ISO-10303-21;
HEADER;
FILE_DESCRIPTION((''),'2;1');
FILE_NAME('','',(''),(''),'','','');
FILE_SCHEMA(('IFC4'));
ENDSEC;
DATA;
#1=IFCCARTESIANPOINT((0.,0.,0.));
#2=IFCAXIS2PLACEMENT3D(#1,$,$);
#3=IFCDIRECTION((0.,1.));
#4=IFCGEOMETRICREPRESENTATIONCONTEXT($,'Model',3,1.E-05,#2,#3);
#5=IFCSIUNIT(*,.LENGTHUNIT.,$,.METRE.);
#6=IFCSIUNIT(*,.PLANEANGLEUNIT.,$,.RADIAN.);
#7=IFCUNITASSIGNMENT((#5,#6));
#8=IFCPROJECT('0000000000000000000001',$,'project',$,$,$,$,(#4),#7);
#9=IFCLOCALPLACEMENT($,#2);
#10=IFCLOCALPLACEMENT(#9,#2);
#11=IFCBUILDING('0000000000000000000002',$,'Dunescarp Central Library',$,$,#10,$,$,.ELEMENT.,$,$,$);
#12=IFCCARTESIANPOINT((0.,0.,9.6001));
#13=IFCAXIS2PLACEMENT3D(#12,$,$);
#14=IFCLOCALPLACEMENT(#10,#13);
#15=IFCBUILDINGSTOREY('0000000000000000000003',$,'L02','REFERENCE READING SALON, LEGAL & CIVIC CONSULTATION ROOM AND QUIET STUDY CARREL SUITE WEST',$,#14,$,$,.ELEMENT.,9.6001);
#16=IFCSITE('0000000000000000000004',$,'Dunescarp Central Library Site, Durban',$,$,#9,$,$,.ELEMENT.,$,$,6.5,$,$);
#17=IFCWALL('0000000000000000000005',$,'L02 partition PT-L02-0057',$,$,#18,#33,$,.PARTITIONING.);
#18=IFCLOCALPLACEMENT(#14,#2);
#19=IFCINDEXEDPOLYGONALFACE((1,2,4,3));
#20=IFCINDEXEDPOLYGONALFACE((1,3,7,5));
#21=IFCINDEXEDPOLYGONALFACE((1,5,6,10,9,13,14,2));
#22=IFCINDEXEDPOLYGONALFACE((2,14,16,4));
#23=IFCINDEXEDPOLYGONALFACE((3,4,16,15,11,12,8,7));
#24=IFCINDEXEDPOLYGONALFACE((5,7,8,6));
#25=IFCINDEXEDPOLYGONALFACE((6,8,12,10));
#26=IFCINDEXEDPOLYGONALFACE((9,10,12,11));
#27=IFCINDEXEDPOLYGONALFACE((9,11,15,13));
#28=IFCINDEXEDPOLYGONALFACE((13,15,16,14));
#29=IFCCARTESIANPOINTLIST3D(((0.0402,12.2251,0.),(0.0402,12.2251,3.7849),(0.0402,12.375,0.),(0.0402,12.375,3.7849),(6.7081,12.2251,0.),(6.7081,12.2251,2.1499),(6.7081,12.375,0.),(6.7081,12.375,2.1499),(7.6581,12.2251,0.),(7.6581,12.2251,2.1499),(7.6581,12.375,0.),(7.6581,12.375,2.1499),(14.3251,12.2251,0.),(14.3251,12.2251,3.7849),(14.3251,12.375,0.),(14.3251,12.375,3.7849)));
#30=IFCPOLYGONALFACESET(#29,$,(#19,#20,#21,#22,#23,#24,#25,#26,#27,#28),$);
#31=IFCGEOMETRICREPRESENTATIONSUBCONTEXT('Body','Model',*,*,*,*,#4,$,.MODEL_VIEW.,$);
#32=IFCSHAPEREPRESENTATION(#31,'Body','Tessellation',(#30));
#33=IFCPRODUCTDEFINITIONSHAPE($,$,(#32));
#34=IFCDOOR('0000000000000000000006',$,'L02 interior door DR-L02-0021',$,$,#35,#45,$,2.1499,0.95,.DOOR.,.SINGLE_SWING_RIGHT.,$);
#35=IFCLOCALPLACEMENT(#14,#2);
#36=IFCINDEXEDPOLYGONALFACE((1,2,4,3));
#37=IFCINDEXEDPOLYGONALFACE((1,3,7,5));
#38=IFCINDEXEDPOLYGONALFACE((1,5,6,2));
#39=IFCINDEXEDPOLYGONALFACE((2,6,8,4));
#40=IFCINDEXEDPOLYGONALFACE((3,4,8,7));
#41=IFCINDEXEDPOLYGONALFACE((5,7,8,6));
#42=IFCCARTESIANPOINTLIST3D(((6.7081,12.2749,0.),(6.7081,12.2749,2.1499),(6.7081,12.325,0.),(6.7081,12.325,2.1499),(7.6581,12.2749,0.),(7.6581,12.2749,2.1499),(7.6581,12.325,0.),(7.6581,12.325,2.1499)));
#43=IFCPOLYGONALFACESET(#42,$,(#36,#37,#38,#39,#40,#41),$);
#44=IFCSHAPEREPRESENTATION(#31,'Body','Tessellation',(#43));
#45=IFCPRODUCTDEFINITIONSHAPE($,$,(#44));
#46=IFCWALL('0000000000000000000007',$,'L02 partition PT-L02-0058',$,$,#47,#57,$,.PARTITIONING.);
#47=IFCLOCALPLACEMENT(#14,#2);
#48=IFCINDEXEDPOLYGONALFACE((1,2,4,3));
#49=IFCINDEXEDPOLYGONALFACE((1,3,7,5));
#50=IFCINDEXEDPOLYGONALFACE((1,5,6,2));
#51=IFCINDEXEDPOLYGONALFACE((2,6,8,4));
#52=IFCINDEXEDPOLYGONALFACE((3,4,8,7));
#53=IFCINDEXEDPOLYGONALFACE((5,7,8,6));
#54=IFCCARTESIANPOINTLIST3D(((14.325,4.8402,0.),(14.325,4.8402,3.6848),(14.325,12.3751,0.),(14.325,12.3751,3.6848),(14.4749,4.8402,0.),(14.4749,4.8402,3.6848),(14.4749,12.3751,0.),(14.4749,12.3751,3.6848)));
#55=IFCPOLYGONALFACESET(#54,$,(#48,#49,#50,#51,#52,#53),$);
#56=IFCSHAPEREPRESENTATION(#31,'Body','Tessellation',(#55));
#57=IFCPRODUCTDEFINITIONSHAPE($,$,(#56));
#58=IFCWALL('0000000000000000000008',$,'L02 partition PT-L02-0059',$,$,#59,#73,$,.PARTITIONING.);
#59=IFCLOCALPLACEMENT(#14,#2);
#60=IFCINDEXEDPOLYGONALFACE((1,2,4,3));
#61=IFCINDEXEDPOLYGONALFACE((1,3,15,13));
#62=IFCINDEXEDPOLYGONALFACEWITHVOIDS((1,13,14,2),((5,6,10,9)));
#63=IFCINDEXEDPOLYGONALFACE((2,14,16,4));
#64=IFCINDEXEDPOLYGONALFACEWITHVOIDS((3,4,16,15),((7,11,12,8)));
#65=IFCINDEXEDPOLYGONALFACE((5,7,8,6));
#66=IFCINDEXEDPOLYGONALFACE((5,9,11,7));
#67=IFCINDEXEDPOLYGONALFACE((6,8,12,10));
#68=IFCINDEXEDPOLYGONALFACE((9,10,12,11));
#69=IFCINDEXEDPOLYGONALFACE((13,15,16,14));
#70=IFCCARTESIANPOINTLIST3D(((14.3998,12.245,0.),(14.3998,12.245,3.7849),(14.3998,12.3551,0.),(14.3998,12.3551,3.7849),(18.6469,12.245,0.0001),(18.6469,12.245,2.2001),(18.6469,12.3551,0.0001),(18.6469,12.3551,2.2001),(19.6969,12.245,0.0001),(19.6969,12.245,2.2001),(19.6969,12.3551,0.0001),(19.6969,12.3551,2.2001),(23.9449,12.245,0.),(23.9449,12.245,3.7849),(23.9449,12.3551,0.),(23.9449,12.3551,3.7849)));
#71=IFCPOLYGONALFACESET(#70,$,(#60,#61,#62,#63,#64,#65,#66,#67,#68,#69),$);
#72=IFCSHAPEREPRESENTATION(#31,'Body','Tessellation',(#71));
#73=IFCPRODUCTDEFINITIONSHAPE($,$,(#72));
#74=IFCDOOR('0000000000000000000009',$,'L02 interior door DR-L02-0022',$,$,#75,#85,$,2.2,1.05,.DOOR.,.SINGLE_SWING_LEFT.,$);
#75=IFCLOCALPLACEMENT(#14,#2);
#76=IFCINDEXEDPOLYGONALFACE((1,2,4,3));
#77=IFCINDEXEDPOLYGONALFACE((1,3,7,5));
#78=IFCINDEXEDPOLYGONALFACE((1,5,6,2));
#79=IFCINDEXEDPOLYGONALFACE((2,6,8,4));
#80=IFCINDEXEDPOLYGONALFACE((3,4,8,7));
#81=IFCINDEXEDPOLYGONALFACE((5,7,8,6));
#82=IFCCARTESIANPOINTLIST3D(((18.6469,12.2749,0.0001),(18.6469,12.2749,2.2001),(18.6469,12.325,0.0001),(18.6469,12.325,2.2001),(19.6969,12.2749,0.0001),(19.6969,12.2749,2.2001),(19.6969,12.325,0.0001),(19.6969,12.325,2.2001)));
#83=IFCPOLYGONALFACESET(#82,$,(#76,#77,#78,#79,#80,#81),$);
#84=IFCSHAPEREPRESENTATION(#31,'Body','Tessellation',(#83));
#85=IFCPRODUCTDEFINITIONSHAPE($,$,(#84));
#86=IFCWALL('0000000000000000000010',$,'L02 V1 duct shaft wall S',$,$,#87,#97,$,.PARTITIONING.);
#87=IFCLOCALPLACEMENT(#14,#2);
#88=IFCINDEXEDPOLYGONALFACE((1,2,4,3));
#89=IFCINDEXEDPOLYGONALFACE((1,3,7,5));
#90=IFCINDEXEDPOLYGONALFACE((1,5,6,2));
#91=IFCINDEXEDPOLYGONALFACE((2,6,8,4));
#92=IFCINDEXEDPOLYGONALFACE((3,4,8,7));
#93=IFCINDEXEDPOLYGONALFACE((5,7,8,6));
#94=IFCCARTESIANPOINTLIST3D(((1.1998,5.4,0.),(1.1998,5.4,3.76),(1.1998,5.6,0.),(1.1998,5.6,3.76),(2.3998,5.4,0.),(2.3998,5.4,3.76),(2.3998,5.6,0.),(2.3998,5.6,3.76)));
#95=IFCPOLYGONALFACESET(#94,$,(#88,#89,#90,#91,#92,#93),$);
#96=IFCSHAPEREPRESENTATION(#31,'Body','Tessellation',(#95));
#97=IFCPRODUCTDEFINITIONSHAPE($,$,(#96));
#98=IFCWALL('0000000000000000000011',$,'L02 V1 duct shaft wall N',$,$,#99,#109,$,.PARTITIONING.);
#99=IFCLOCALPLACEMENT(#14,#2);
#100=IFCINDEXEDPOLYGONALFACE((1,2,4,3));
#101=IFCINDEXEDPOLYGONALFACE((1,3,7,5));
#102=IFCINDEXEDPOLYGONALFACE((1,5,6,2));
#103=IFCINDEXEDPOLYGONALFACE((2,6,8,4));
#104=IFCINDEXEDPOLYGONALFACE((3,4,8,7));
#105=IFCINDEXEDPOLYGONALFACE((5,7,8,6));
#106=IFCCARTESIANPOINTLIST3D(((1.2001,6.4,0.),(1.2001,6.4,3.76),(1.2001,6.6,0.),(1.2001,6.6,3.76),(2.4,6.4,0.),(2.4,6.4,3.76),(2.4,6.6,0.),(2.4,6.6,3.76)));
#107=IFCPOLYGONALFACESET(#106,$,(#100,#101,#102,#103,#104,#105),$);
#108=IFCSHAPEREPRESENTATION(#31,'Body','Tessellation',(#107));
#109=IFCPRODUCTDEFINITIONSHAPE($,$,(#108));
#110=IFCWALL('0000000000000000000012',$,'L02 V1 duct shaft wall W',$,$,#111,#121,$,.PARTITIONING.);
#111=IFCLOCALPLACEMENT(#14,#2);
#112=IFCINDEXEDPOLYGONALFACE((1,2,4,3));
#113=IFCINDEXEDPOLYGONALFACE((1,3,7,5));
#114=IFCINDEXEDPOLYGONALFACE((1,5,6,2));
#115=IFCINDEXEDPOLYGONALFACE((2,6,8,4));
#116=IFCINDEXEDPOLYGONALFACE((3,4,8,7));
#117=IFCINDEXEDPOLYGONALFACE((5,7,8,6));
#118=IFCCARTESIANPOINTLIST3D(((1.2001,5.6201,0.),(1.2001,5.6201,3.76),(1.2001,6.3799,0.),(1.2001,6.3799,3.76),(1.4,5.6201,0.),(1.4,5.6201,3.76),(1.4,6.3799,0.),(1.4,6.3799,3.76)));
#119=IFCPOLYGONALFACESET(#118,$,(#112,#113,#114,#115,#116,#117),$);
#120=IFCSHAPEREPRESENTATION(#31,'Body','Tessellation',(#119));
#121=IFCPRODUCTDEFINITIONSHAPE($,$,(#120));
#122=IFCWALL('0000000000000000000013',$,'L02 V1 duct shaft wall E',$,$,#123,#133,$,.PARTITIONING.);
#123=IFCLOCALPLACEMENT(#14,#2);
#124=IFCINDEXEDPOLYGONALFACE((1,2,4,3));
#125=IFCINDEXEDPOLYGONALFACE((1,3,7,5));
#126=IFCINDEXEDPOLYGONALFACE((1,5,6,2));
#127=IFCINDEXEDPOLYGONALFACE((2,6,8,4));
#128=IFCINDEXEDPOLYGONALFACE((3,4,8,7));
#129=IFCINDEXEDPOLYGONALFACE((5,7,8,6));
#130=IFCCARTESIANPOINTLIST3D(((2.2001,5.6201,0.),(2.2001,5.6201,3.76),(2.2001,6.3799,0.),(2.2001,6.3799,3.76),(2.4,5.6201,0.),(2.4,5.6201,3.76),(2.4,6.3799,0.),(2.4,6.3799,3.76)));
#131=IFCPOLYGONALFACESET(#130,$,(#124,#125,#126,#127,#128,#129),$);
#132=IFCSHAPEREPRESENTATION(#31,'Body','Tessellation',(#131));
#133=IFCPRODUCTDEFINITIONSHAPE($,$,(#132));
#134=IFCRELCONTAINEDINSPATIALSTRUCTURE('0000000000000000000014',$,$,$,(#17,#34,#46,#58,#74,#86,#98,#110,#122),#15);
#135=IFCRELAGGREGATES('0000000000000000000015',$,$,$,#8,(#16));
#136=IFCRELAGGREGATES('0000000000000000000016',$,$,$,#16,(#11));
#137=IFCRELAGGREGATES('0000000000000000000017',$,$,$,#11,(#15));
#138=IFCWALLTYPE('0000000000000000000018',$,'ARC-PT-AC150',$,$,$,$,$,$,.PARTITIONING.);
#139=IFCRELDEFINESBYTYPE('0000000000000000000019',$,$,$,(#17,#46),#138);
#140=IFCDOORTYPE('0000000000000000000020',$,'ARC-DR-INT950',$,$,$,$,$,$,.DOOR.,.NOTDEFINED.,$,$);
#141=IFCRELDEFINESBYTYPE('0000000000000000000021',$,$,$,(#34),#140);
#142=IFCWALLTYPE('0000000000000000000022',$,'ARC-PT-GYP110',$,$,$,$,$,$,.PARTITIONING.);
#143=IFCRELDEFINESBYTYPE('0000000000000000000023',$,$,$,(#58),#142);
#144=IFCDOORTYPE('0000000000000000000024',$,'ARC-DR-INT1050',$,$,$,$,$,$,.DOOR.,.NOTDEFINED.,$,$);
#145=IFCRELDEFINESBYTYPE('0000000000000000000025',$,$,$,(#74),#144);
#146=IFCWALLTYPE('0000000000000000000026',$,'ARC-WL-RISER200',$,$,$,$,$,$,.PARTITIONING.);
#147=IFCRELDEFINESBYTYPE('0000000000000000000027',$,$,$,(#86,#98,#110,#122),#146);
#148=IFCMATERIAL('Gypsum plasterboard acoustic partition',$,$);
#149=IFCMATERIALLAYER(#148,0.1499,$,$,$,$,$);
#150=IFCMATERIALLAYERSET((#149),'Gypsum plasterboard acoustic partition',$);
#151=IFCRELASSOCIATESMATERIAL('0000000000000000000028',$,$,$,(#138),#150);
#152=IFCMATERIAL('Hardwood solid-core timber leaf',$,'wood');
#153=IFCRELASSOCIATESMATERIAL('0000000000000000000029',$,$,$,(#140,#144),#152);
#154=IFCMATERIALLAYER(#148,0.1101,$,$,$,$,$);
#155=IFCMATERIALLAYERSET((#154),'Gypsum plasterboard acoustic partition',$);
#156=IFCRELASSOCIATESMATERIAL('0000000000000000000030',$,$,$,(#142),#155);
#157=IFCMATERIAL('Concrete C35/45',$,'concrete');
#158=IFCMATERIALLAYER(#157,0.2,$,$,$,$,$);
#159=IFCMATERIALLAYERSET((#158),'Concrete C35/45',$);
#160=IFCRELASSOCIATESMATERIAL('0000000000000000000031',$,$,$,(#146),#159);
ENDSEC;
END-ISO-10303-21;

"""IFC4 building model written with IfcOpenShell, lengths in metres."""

from ifc_helpers import new_model, si_unit, direction, frame, frame_2d, origin, place, context, subcontext, project, spatial, rectangle, extrude, material, layer, layer_set, type_object, element, fill, save


model = new_model("IFC4")

# Units and contexts
model_context = context("Model", 3, precision=1e-05, world=origin(), true_north=direction((0.0, 1.0)))
body_context = subcontext(model_context, "Body", "Model", "MODEL_VIEW")
ifc_project = project(units=[si_unit("LENGTHUNIT", "METRE"), si_unit("PLANEANGLEUNIT", "RADIAN")], contexts=[model_context])

# Site, building, storey
site_placement = place(None, origin())
site = spatial("IfcSite", under=ifc_project, at=site_placement, Name="Dunescarp Central Library Site, Durban", CompositionType="ELEMENT", RefElevation=6.5)
building_placement = place(site_placement, origin())
building = spatial("IfcBuilding", under=site, at=building_placement, Name="Dunescarp Central Library", CompositionType="ELEMENT")
storey_placement = place(building_placement, frame((0.0, 0.0, 9.6001)))
storey = spatial("IfcBuildingStorey", under=building, at=storey_placement, Name="L02", Description="REFERENCE READING SALON, LEGAL & CIVIC CONSULTATION ROOM AND QUIET STUDY CARREL SUITE WEST", CompositionType="ELEMENT", Elevation=9.6001)

# Wall, opening, door
ifc_material_1 = material(Name="Gypsum plasterboard acoustic partition")
ifc_layer_1 = layer(ifc_material_1, 0.1499)
ifc_layer_set_1 = layer_set([ifc_layer_1], Name="Gypsum plasterboard acoustic partition")
wall_type_1 = type_object("IfcWallType", Name="ARC-PT-AC150", PredefinedType="PARTITIONING", material=ifc_layer_set_1)
wall_1_placement = place(storey_placement, frame((0.04, 12.3, 0.0), z_axis=(0.0, 0.0, 1.0), x_axis=(1.0, 0.0, 0.0)))
wall_1 = element("IfcWall", 1, at=wall_1_placement, inside=storey, type_object=wall_type_1, Name="L02 partition PT-L02-0057", PredefinedType="PARTITIONING", context=body_context, shape_type="SweptSolid", body=[
    extrude(rectangle(XDim=14.2849, YDim=0.1499, at=frame_2d((7.1426, 0.0))), origin(), (0.0, 0.0, 1.0), 3.7849),
])
opening_1_placement = place(wall_1_placement, frame((6.668, 0.0, 0.0)))
opening_1 = element("IfcOpeningElement", 2, at=opening_1_placement, cuts=wall_1, PredefinedType="OPENING", context=body_context, shape_type="SweptSolid", body=[
    extrude(rectangle(XDim=0.95, YDim=2.1499, at=frame_2d((0.4751, 1.075))), frame((0.0, 0.085, 0.0), z_axis=(0.0, -1.0, 0.0), x_axis=(1.0, 0.0, 0.0)), (0.0, 0.0, 1.0), 0.1699),
])
ifc_material_2 = material(Name="Hardwood solid-core timber leaf", Category="wood")
door_type_1 = type_object("IfcDoorType", Name="ARC-DR-INT950", OperationType="NOTDEFINED", PredefinedType="DOOR", material=ifc_material_2)
door_1_placement = place(opening_1_placement, origin())
door_1 = element("IfcDoor", 3, at=door_1_placement, inside=storey, type_object=door_type_1, Name="L02 interior door DR-L02-0021", OperationType="SINGLE_SWING_RIGHT", OverallHeight=2.1499, OverallWidth=0.95, PredefinedType="DOOR", context=body_context, shape_type="SweptSolid", body=[
    extrude(rectangle(XDim=0.95, YDim=2.1499, at=frame_2d((0.4751, 1.075))), frame((0.0, 0.0249, 0.0), z_axis=(0.0, -1.0, 0.0), x_axis=(1.0, 0.0, 0.0)), (0.0, 0.0, 1.0), 0.05),
])
fill(opening_1, door_1)

# Wall
wall_2_placement = place(storey_placement, frame((14.3999, 4.8401, 0.0), z_axis=(0.0, 0.0, 1.0), x_axis=(0.0, 1.0, 0.0)))
element("IfcWall", 4, at=wall_2_placement, inside=storey, type_object=wall_type_1, Name="L02 partition PT-L02-0058", PredefinedType="PARTITIONING", context=body_context, shape_type="SweptSolid", body=[
    extrude(rectangle(XDim=7.5349, YDim=0.1499, at=frame_2d((3.7676, 0.0))), origin(), (0.0, 0.0, 1.0), 3.6848),
])

# Wall, opening, door
ifc_layer_2 = layer(ifc_material_1, 0.1101)
ifc_layer_set_2 = layer_set([ifc_layer_2], Name="Gypsum plasterboard acoustic partition")
wall_type_2 = type_object("IfcWallType", Name="ARC-PT-GYP110", PredefinedType="PARTITIONING", material=ifc_layer_set_2)
wall_3_placement = place(storey_placement, frame((14.3999, 12.3, 0.0), z_axis=(0.0, 0.0, 1.0), x_axis=(1.0, 0.0, 0.0)))
wall_3 = element("IfcWall", 5, at=wall_3_placement, inside=storey, type_object=wall_type_2, Name="L02 partition PT-L02-0059", PredefinedType="PARTITIONING", context=body_context, shape_type="SweptSolid", body=[
    extrude(rectangle(XDim=9.5452, YDim=0.1101, at=frame_2d((4.7725, 0.0))), origin(), (0.0, 0.0, 1.0), 3.7849),
])
opening_2_placement = place(wall_3_placement, frame((4.2471, 0.0, 0.0)))
opening_2 = element("IfcOpeningElement", 6, at=opening_2_placement, cuts=wall_3, PredefinedType="OPENING", context=body_context, shape_type="SweptSolid", body=[
    extrude(rectangle(XDim=1.05, YDim=2.2, at=frame_2d((0.5249, 1.1001))), frame((0.0, 0.0649, 0.0), z_axis=(0.0, -1.0, 0.0), x_axis=(1.0, 0.0, 0.0)), (0.0, 0.0, 1.0), 0.1301),
])
door_type_2 = type_object("IfcDoorType", Name="ARC-DR-INT1050", OperationType="NOTDEFINED", PredefinedType="DOOR", material=ifc_material_2)
door_2_placement = place(opening_2_placement, origin())
door_2 = element("IfcDoor", 7, at=door_2_placement, inside=storey, type_object=door_type_2, Name="L02 interior door DR-L02-0022", OperationType="SINGLE_SWING_LEFT", OverallHeight=2.2, OverallWidth=1.05, PredefinedType="DOOR", context=body_context, shape_type="SweptSolid", body=[
    extrude(rectangle(XDim=1.05, YDim=2.2, at=frame_2d((0.5249, 1.1001))), frame((0.0, 0.0249, 0.0), z_axis=(0.0, -1.0, 0.0), x_axis=(1.0, 0.0, 0.0)), (0.0, 0.0, 1.0), 0.05),
])
fill(opening_2, door_2)

# Walls
ifc_material_3 = material(Name="Concrete C35/45", Category="concrete")
ifc_layer_3 = layer(ifc_material_3, 0.2)
ifc_layer_set_3 = layer_set([ifc_layer_3], Name="Concrete C35/45")
wall_type_3 = type_object("IfcWallType", Name="ARC-WL-RISER200", PredefinedType="PARTITIONING", material=ifc_layer_set_3)
for number, where, z_axis, x_axis, name in (
    (8, (2.3999, 5.5, 0.0), (0.0, 0.0, 1.0), (-1.0, 0.0, 0.0), "L02 V1 duct shaft wall S"),
    (9, (1.2, 6.5, 0.0), (0.0, 0.0, 1.0), (1.0, 0.0, 0.0), "L02 V1 duct shaft wall N"),
):
    element("IfcWall", number, at=place(storey_placement, frame(where, z_axis=z_axis, x_axis=x_axis)), inside=storey, type_object=wall_type_3, Name=name, PredefinedType="PARTITIONING", context=body_context, shape_type="SweptSolid", body=[
        extrude(rectangle(XDim=1.2, YDim=0.2, at=frame_2d((0.6001, 0.0))), origin(), (0.0, 0.0, 1.0), 3.76),
    ])
for number, where, z_axis, x_axis, name in (
    (10, (1.3, 5.6201, 0.0), (0.0, 0.0, 1.0), (0.0, 1.0, 0.0), "L02 V1 duct shaft wall W"),
    (11, (2.3, 6.3799, 0.0), (0.0, 0.0, 1.0), (0.0, -1.0, 0.0), "L02 V1 duct shaft wall E"),
):
    element("IfcWall", number, at=place(storey_placement, frame(where, z_axis=z_axis, x_axis=x_axis)), inside=storey, type_object=wall_type_3, Name=name, PredefinedType="PARTITIONING", context=body_context, shape_type="SweptSolid", body=[
        extrude(rectangle(XDim=0.7598, YDim=0.2, at=frame_2d((0.3799, 0.0))), origin(), (0.0, 0.0, 1.0), 3.76),
    ])

save(model, "model.ifc")
